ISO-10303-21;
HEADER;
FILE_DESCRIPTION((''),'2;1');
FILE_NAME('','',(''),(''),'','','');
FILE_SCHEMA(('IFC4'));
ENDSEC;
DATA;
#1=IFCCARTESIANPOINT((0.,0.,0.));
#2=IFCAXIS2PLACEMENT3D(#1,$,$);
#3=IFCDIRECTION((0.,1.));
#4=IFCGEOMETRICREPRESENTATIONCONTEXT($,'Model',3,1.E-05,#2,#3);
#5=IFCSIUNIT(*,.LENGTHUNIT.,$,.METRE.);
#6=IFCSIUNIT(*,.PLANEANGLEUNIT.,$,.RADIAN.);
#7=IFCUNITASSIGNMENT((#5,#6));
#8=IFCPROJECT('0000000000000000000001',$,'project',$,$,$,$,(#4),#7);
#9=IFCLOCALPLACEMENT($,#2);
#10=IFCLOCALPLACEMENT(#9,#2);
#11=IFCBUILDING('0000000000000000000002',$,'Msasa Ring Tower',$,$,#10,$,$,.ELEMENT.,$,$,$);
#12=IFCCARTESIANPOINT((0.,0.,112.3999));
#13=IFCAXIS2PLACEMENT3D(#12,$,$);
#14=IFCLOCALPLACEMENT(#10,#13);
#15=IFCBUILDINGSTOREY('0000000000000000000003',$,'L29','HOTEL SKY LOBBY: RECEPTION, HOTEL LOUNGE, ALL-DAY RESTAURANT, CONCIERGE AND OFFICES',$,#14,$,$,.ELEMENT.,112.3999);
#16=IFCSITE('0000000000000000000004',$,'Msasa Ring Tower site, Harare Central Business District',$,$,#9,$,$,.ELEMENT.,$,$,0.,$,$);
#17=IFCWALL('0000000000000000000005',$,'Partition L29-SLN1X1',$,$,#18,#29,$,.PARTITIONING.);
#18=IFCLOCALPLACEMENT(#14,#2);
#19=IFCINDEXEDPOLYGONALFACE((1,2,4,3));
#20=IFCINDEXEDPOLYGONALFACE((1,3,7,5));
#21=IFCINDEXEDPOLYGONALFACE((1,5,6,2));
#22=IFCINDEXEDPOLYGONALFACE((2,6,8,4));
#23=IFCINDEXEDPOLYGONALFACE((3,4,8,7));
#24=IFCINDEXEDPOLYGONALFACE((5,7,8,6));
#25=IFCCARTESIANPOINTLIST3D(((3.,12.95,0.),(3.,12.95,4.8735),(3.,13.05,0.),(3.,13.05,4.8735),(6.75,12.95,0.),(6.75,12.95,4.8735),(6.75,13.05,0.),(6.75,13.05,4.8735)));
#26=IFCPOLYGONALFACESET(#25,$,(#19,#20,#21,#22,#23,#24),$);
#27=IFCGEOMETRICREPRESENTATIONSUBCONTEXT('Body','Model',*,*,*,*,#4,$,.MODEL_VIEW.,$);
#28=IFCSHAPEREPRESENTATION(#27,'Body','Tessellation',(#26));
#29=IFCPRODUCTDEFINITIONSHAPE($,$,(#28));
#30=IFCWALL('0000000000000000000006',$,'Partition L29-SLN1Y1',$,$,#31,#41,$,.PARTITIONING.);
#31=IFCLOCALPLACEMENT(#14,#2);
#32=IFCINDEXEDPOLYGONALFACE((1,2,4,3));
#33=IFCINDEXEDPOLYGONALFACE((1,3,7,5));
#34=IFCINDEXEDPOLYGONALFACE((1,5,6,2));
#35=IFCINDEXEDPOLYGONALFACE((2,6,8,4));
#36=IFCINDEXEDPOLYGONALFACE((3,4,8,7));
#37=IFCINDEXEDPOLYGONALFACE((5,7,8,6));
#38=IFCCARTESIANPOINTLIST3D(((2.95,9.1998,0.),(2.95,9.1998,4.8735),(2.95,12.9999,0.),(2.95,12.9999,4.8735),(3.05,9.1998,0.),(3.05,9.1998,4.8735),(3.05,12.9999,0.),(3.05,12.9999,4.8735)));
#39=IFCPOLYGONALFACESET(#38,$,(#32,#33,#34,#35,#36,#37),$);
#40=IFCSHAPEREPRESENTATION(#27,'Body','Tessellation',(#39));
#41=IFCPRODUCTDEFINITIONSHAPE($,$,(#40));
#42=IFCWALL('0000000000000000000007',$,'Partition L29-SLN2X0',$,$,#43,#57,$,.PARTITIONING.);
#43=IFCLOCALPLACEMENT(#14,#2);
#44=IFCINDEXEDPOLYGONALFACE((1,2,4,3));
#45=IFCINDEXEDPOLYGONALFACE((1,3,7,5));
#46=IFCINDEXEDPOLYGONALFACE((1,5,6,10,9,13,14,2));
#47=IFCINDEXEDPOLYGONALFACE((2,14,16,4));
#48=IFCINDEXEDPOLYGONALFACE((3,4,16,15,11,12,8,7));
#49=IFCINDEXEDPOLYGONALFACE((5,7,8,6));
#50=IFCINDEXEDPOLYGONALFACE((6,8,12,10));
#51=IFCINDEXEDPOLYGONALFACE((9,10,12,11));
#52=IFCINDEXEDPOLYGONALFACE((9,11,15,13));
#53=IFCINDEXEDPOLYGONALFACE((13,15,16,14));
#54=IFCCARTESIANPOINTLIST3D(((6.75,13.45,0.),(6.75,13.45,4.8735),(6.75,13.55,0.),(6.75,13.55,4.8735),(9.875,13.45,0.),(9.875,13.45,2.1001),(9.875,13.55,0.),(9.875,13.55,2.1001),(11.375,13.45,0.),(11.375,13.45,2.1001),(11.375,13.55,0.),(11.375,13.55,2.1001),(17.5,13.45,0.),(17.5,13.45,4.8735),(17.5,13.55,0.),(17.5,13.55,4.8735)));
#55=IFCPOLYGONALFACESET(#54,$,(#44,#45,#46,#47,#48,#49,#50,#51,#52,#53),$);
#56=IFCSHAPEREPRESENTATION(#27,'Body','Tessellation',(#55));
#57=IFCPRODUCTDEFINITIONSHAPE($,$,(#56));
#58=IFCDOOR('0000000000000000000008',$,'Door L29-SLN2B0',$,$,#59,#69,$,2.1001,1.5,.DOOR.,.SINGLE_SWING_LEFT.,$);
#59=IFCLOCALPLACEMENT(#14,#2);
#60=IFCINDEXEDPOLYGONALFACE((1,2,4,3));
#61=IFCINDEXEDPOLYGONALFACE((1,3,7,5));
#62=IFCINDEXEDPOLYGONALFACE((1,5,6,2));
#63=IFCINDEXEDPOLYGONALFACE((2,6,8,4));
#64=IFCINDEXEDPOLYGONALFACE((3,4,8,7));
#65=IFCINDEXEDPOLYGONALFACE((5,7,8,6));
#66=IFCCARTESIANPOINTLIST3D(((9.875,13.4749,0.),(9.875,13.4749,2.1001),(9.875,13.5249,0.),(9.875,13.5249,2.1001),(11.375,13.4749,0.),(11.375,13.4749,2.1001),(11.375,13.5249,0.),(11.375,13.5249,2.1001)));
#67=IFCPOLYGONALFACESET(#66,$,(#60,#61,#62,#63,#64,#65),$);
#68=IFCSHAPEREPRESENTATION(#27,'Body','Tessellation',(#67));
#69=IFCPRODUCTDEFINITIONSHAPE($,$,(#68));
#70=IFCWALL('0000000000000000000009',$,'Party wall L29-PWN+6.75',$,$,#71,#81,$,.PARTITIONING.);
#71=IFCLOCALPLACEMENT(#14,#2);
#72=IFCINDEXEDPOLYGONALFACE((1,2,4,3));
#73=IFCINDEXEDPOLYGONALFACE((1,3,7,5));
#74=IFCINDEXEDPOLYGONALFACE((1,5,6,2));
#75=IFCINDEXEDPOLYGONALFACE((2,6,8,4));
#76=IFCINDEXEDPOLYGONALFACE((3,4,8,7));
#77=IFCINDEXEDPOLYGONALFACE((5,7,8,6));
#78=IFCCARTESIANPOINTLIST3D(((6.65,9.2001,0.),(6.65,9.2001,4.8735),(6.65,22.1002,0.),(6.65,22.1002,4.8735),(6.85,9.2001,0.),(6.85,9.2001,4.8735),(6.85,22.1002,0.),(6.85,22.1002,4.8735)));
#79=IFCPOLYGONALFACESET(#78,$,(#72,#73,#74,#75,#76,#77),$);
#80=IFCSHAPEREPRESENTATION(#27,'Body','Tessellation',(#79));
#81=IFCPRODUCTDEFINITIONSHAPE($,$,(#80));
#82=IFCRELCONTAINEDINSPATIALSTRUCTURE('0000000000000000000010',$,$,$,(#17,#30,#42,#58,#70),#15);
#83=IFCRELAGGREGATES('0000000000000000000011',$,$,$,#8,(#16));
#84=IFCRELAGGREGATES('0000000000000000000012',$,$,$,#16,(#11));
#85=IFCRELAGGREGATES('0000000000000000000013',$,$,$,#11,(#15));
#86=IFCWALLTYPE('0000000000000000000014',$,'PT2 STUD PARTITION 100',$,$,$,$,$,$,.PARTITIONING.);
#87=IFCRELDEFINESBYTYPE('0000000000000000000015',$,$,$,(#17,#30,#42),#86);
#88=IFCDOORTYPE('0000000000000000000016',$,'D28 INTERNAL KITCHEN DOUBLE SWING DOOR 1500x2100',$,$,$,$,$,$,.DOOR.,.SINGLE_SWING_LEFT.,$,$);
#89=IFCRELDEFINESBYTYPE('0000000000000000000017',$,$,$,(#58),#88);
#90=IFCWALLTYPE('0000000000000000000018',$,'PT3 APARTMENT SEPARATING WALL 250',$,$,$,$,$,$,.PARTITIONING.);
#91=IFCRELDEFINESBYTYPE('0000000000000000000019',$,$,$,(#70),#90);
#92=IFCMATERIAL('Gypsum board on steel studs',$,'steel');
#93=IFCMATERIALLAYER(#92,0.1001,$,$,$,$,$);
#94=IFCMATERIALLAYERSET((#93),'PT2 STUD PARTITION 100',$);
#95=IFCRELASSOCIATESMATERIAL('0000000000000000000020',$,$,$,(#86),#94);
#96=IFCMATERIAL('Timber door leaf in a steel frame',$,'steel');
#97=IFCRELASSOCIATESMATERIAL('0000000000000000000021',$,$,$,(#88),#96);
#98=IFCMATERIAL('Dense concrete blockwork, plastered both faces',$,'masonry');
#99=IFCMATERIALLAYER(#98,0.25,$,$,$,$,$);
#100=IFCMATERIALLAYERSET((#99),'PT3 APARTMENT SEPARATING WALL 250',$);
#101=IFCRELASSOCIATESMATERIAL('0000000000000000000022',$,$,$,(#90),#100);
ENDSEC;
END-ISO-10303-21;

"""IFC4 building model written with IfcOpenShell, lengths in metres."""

from ifc_helpers import new_model, si_unit, direction, frame, frame_2d, origin, place, context, subcontext, project, spatial, rectangle, extrude, material, layer, layer_set, type_object, element, fill, save


model = new_model("IFC4")

# Units and contexts
model_context = context("Model", 3, precision=1e-05, world=origin(), true_north=direction((0.0, 1.0)))
body_context = subcontext(model_context, "Body", "Model", "MODEL_VIEW")
ifc_project = project(units=[si_unit("LENGTHUNIT", "METRE"), si_unit("PLANEANGLEUNIT", "RADIAN")], contexts=[model_context])

# Site, building, storey
site_placement = place(None, origin())
site = spatial("IfcSite", under=ifc_project, at=site_placement, Name="Msasa Ring Tower site, Harare Central Business District", CompositionType="ELEMENT", RefElevation=0.0)
building_placement = place(site_placement, origin())
building = spatial("IfcBuilding", under=site, at=building_placement, Name="Msasa Ring Tower", CompositionType="ELEMENT")
storey_placement = place(building_placement, frame((0.0, 0.0, 112.3999)))
storey = spatial("IfcBuildingStorey", under=building, at=storey_placement, Name="L29", Description="HOTEL SKY LOBBY: RECEPTION, HOTEL LOUNGE, ALL-DAY RESTAURANT, CONCIERGE AND OFFICES", CompositionType="ELEMENT", Elevation=112.3999)

# Walls
ifc_material_1 = material(Name="Gypsum board on steel studs", Category="steel")
ifc_layer_1 = layer(ifc_material_1, 0.1001)
ifc_layer_set_1 = layer_set([ifc_layer_1], Name="PT2 STUD PARTITION 100")
wall_type_1 = type_object("IfcWallType", Name="PT2 STUD PARTITION 100", PredefinedType="PARTITIONING", material=ifc_layer_set_1)
wall_1_placement = place(storey_placement, frame((3.0, 13.0, 0.0), z_axis=(0.0, 0.0, 1.0), x_axis=(1.0, 0.0, 0.0)))
element("IfcWall", 1, at=wall_1_placement, inside=storey, type_object=wall_type_1, Name="Partition L29-SLN1X1", PredefinedType="PARTITIONING", context=body_context, shape_type="SweptSolid", body=[
    extrude(rectangle(XDim=3.75, YDim=0.1001, at=frame_2d((1.875, 0.0))), origin(), (0.0, 0.0, 1.0), 4.8735),
])
wall_2_placement = place(storey_placement, frame((3.0, 9.2, 0.0), z_axis=(0.0, 0.0, 1.0), x_axis=(0.0, 1.0, 0.0)))
element("IfcWall", 2, at=wall_2_placement, inside=storey, type_object=wall_type_1, Name="Partition L29-SLN1Y1", PredefinedType="PARTITIONING", context=body_context, shape_type="SweptSolid", body=[
    extrude(rectangle(XDim=3.8, YDim=0.1001, at=frame_2d((1.8999, 0.0))), origin(), (0.0, 0.0, 1.0), 4.8735),
])

# Wall, opening, door
wall_3_placement = place(storey_placement, frame((6.75, 13.5, 0.0), z_axis=(0.0, 0.0, 1.0), x_axis=(1.0, 0.0, 0.0)))
wall_3 = element("IfcWall", 3, at=wall_3_placement, inside=storey, type_object=wall_type_1, Name="Partition L29-SLN2X0", PredefinedType="PARTITIONING", context=body_context, shape_type="SweptSolid", body=[
    extrude(rectangle(XDim=10.75, YDim=0.1001, at=frame_2d((5.375, 0.0))), origin(), (0.0, 0.0, 1.0), 4.8735),
])
opening_1_placement = place(wall_3_placement, frame((3.125, 0.0, 0.0)))
opening_1 = element("IfcOpeningElement", 4, at=opening_1_placement, cuts=wall_3, PredefinedType="OPENING", context=body_context, shape_type="SweptSolid", body=[
    extrude(rectangle(XDim=1.5, YDim=2.1001, at=frame_2d((0.75, 1.05))), frame((0.0, 0.0601, 0.0), z_axis=(0.0, -1.0, 0.0), x_axis=(1.0, 0.0, 0.0)), (0.0, 0.0, 1.0), 0.1201),
])
ifc_material_2 = material(Name="Timber door leaf in a steel frame", Category="steel")
door_type_1 = type_object("IfcDoorType", Name="D28 INTERNAL KITCHEN DOUBLE SWING DOOR 1500x2100", OperationType="SINGLE_SWING_LEFT", PredefinedType="DOOR", material=ifc_material_2)
door_1_placement = place(opening_1_placement, origin())
door_1 = element("IfcDoor", 5, at=door_1_placement, inside=storey, type_object=door_type_1, Name="Door L29-SLN2B0", OperationType="SINGLE_SWING_LEFT", OverallHeight=2.1001, OverallWidth=1.5, PredefinedType="DOOR", context=body_context, shape_type="SweptSolid", body=[
    extrude(rectangle(XDim=1.5, YDim=2.1001, at=frame_2d((0.75, 1.05))), frame((0.0, 0.0249, 0.0), z_axis=(0.0, -1.0, 0.0), x_axis=(1.0, 0.0, 0.0)), (0.0, 0.0, 1.0), 0.05),
])
fill(opening_1, door_1)

# Wall
ifc_material_3 = material(Name="Dense concrete blockwork, plastered both faces", Category="masonry")
ifc_layer_2 = layer(ifc_material_3, 0.25)
ifc_layer_set_2 = layer_set([ifc_layer_2], Name="PT3 APARTMENT SEPARATING WALL 250")
wall_type_2 = type_object("IfcWallType", Name="PT3 APARTMENT SEPARATING WALL 250", PredefinedType="PARTITIONING", material=ifc_layer_set_2)
wall_4_placement = place(storey_placement, frame((6.75, 9.2, 0.0), z_axis=(0.0, 0.0, 1.0), x_axis=(0.0, 1.0, 0.0)))
element("IfcWall", 6, at=wall_4_placement, inside=storey, type_object=wall_type_2, Name="Party wall L29-PWN+6.75", PredefinedType="PARTITIONING", context=body_context, shape_type="SweptSolid", body=[
    extrude(rectangle(XDim=12.9001, YDim=0.2, at=frame_2d((6.4502, 0.0))), origin(), (0.0, 0.0, 1.0), 4.8735),
])

save(model, "model.ifc")
